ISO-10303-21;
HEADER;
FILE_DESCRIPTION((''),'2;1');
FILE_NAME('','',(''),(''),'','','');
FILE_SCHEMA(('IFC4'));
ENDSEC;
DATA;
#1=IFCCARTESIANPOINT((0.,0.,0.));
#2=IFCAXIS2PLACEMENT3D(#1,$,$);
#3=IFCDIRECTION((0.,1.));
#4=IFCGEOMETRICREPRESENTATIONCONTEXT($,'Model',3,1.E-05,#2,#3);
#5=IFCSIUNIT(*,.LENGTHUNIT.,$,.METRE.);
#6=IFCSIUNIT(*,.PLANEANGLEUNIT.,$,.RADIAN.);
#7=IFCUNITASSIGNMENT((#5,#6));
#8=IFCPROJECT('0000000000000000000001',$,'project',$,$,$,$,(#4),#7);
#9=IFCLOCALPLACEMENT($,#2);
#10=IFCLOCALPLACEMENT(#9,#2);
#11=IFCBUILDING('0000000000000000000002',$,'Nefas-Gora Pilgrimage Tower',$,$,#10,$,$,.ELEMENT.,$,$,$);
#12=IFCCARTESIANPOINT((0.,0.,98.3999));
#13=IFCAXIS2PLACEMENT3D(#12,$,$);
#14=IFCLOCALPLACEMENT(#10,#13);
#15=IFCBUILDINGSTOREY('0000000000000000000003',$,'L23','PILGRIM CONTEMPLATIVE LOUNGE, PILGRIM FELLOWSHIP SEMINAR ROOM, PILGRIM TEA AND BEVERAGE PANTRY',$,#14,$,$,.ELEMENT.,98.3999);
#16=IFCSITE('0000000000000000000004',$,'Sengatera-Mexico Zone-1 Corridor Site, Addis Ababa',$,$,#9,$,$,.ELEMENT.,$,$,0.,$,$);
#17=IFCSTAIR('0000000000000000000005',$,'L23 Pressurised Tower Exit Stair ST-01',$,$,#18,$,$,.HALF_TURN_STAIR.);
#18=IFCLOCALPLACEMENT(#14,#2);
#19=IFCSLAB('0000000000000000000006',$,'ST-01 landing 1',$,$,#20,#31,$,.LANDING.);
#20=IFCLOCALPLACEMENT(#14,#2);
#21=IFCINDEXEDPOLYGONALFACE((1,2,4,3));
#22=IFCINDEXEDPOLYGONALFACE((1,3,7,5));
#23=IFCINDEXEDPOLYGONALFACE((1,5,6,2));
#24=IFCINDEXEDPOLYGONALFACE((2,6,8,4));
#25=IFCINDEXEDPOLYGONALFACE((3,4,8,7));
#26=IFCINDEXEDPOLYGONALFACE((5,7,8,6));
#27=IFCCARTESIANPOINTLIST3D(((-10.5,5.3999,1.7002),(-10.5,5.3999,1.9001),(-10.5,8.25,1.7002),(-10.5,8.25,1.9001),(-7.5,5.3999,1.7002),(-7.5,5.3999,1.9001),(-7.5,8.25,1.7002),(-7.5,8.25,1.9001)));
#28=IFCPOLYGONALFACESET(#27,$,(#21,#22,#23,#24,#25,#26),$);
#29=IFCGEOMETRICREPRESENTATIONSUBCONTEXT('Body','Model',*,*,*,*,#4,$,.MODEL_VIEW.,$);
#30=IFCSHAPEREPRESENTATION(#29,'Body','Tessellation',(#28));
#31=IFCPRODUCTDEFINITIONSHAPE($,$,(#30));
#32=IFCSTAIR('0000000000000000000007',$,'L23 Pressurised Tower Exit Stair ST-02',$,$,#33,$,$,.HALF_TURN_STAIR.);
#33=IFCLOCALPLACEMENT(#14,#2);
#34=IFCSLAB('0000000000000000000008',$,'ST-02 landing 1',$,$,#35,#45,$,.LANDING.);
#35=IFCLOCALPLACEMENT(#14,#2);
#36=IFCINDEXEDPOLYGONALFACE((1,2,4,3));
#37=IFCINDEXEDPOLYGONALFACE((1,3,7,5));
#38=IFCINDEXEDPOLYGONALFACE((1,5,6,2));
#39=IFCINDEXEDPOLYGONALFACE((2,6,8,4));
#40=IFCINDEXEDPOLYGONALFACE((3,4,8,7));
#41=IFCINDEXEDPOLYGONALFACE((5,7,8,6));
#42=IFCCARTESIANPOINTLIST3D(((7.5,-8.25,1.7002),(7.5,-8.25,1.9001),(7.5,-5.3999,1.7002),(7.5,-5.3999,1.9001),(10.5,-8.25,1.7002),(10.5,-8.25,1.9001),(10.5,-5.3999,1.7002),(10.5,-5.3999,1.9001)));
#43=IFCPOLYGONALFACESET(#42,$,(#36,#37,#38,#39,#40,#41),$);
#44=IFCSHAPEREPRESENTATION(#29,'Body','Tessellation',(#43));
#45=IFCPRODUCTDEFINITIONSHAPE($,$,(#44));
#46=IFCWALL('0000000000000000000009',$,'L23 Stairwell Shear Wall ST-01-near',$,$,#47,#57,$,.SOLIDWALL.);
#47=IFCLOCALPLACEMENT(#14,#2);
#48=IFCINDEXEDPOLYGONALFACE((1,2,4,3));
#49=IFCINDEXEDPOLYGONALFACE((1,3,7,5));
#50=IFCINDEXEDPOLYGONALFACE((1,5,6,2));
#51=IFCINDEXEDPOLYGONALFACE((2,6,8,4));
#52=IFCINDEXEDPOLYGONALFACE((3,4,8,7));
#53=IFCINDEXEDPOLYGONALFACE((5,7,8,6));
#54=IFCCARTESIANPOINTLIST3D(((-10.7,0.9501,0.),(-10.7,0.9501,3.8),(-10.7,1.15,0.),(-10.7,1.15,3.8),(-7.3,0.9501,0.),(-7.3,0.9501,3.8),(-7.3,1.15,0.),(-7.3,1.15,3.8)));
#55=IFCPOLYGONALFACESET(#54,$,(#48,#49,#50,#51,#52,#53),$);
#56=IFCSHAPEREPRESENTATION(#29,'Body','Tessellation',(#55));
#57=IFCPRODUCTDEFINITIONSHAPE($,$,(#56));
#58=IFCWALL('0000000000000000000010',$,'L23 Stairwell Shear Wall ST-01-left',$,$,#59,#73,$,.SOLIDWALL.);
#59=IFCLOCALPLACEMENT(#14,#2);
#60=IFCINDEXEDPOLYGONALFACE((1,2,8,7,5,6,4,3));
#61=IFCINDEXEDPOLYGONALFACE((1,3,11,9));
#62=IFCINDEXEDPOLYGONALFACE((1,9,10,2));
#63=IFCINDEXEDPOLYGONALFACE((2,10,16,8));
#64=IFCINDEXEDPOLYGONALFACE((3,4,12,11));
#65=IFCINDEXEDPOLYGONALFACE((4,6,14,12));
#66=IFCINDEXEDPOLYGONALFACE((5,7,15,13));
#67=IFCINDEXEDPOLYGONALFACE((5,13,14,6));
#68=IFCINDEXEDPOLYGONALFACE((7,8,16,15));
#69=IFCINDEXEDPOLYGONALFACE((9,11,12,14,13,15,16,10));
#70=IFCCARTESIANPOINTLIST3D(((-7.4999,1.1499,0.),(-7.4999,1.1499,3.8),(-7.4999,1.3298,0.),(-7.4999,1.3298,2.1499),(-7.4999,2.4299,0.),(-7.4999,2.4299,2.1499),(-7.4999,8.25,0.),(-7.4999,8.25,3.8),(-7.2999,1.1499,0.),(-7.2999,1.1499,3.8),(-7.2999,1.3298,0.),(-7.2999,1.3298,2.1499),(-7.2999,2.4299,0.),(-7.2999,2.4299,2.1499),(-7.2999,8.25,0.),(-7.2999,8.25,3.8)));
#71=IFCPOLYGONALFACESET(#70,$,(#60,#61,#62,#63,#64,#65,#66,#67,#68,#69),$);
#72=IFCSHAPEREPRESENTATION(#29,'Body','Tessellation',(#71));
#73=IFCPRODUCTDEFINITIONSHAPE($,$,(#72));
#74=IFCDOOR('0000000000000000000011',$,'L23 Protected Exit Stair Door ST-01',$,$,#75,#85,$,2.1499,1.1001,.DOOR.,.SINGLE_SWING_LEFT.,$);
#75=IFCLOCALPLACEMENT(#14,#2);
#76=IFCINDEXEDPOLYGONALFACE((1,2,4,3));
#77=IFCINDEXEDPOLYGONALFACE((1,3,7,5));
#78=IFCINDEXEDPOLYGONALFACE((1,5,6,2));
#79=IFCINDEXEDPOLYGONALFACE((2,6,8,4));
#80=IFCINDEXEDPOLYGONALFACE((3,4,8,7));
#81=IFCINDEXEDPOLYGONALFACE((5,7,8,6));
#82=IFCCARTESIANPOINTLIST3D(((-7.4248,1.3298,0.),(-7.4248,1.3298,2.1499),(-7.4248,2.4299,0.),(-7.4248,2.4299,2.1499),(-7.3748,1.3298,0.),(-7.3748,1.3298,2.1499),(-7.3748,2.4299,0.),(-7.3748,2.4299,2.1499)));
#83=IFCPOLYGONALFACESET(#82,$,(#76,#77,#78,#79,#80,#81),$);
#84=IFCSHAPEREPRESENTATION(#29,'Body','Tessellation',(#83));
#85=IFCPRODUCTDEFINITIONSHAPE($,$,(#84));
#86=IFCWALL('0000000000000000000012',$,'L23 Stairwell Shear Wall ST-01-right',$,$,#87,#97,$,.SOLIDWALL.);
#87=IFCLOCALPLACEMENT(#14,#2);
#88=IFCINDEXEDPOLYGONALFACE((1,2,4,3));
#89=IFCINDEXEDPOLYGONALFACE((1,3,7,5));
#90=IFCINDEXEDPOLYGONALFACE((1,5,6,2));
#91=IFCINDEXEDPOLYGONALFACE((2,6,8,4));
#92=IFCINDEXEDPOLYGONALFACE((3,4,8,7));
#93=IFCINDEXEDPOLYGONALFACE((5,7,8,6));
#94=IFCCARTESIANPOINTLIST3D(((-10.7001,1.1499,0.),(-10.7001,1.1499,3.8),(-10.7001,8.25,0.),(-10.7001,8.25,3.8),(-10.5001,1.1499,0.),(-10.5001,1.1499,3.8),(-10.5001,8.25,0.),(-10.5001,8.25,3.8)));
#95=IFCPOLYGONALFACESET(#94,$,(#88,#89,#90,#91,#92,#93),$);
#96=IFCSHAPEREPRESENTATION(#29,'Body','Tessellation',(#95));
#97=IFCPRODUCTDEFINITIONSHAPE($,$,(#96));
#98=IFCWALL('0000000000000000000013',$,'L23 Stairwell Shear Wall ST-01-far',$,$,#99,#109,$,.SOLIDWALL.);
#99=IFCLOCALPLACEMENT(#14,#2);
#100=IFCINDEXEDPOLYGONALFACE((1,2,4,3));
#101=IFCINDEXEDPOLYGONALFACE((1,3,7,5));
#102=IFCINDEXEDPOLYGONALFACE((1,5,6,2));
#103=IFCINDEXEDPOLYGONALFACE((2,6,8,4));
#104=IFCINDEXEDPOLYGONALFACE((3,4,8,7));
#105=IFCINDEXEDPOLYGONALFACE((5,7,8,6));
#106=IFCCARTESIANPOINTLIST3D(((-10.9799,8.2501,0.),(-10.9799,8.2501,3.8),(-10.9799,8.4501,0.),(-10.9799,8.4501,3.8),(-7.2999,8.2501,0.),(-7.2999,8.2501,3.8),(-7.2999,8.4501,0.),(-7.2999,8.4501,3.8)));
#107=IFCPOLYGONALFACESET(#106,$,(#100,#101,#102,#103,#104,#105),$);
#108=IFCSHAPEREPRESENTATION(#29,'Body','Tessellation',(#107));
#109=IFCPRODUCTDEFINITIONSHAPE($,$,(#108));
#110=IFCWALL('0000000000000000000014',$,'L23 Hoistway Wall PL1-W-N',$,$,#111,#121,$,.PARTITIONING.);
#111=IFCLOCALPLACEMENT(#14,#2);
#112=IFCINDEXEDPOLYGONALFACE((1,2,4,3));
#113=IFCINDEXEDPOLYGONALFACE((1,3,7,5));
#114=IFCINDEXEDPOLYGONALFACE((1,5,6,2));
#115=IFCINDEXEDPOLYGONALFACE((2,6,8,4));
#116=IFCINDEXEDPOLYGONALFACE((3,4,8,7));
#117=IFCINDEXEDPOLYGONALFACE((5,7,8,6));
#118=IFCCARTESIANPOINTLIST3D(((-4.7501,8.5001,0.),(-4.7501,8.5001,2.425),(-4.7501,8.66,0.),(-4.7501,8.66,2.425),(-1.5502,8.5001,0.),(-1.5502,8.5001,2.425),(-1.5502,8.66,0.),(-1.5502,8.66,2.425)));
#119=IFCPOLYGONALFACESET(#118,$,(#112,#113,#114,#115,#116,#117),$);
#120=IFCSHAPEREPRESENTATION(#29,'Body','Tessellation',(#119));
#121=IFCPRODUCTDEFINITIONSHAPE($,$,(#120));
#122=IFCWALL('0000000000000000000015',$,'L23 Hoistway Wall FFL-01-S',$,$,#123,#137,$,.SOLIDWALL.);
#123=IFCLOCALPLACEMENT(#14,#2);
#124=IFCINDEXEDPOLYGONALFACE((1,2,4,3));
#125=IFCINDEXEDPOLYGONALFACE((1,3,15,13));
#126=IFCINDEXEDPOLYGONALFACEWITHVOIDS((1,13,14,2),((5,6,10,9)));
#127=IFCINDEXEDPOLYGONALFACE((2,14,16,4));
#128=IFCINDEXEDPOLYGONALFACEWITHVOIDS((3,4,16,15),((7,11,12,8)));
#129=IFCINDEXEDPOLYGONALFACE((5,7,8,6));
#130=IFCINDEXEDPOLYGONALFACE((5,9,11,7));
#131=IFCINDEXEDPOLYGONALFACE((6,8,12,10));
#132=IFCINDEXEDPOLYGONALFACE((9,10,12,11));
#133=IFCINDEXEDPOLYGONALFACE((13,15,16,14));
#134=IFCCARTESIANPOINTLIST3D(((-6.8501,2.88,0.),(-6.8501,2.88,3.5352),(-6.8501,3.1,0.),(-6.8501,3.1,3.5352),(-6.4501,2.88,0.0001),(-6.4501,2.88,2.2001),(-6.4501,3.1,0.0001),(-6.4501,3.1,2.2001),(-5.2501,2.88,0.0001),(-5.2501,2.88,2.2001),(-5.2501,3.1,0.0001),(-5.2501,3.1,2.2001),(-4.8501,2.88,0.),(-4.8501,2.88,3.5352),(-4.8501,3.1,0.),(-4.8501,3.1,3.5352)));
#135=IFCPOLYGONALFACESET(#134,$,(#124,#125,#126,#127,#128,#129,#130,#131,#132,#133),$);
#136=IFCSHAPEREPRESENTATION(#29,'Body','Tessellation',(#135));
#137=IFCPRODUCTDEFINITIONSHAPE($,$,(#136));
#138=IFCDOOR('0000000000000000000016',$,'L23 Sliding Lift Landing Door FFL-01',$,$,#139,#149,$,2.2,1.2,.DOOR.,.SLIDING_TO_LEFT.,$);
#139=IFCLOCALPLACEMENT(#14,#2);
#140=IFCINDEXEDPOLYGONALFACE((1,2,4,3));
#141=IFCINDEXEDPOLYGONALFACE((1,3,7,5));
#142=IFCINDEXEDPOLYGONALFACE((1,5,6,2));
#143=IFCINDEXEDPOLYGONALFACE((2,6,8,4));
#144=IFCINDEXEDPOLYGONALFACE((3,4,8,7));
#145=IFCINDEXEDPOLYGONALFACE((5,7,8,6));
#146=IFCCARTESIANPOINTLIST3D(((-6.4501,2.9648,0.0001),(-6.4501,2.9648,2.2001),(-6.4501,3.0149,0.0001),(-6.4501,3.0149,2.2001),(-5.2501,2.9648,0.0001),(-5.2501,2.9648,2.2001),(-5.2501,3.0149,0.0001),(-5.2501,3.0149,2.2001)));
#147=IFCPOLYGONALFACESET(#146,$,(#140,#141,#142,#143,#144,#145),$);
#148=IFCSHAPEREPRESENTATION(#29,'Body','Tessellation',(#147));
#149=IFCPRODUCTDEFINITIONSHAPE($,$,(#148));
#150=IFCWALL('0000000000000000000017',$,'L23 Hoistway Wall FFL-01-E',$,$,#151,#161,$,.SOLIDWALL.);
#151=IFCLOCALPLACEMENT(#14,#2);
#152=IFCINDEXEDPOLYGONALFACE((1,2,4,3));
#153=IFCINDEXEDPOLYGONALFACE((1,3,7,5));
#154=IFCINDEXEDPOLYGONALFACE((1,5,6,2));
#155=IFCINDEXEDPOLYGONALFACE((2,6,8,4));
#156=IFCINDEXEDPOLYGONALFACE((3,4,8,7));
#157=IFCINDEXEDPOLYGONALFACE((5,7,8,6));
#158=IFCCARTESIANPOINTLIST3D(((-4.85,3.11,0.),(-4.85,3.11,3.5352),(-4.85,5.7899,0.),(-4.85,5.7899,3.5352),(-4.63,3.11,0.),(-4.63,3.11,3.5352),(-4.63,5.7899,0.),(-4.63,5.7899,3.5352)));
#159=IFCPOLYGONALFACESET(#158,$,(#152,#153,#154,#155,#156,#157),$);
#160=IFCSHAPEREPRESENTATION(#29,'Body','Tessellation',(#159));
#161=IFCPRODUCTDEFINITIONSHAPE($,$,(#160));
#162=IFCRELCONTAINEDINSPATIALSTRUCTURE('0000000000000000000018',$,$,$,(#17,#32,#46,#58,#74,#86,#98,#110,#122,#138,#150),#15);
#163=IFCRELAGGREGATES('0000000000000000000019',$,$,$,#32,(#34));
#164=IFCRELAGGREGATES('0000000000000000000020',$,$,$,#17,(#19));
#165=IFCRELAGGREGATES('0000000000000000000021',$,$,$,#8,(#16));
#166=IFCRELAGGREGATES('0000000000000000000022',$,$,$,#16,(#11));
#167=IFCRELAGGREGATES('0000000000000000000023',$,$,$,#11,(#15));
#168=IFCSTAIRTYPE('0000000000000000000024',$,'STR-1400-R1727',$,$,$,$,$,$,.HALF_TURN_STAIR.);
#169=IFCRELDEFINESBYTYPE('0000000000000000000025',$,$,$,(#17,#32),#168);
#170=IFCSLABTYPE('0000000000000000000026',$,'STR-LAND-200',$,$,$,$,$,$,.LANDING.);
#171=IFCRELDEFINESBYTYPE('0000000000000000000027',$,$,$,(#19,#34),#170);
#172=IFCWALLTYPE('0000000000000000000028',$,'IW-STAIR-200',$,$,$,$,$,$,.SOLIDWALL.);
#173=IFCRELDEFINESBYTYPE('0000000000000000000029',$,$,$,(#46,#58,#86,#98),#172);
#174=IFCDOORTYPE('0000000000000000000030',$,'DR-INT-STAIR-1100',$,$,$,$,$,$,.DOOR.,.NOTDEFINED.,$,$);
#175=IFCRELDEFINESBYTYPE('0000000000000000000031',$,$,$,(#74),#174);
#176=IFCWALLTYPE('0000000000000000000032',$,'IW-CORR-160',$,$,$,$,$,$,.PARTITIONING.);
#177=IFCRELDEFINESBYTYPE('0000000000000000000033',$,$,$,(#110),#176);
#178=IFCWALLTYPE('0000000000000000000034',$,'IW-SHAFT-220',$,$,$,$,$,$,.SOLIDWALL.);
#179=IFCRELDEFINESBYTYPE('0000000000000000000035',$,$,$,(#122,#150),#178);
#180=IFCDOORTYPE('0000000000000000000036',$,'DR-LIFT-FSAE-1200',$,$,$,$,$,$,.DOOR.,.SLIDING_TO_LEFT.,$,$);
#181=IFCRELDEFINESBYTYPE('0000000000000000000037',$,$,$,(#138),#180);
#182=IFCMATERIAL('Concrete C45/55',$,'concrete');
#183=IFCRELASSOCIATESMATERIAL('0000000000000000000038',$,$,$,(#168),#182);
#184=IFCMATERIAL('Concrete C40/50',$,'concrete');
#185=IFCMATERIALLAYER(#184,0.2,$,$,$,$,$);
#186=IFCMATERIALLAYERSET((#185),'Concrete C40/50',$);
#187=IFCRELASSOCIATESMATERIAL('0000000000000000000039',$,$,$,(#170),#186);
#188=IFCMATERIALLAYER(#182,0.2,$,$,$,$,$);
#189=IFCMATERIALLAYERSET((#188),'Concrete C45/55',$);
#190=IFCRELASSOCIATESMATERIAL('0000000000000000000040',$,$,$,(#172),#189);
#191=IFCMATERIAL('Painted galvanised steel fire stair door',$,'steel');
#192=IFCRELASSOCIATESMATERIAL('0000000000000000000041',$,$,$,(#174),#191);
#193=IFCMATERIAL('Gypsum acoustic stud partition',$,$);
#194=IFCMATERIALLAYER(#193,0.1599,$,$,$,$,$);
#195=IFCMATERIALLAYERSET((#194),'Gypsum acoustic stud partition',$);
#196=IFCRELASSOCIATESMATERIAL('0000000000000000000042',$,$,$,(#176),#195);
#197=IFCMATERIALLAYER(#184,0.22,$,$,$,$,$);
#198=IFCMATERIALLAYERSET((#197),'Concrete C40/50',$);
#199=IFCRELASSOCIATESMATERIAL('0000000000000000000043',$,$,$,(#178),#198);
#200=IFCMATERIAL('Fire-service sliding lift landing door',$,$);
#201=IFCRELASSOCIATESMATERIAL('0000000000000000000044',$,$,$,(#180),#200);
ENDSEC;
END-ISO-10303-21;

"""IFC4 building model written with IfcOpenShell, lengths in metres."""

from ifc_helpers import new_model, si_unit, direction, frame, frame_2d, origin, place, context, subcontext, project, spatial, polyline, rectangle, outline, extrude, source, transform, mapped, material, layer, layer_set, type_object, element, fill, aggregate, save


model = new_model("IFC4")

# Units and contexts
model_context = context("Model", 3, precision=1e-05, world=origin(), true_north=direction((0.0, 1.0)))
body_context = subcontext(model_context, "Body", "Model", "MODEL_VIEW")
ifc_project = project(units=[si_unit("LENGTHUNIT", "METRE"), si_unit("PLANEANGLEUNIT", "RADIAN")], contexts=[model_context])

# Site, building, storey
site_placement = place(None, origin())
site = spatial("IfcSite", under=ifc_project, at=site_placement, Name="Sengatera-Mexico Zone-1 Corridor Site, Addis Ababa", CompositionType="ELEMENT", RefElevation=0.0)
building_placement = place(site_placement, origin())
building = spatial("IfcBuilding", under=site, at=building_placement, Name="Nefas-Gora Pilgrimage Tower", CompositionType="ELEMENT")
storey_placement = place(building_placement, frame((0.0, 0.0, 98.3999)))
storey = spatial("IfcBuildingStorey", under=building, at=storey_placement, Name="L23", Description="PILGRIM CONTEMPLATIVE LOUNGE, PILGRIM FELLOWSHIP SEMINAR ROOM, PILGRIM TEA AND BEVERAGE PANTRY", CompositionType="ELEMENT", Elevation=98.3999)

# Shared definitions
ifc_material_1 = material(Name="Concrete C40/50", Category="concrete")

# Stairs, slabs
ifc_material_2 = material(Name="Concrete C45/55", Category="concrete")
stair_type = type_object("IfcStairType", Name="STR-1400-R1727", PredefinedType="HALF_TURN_STAIR", material=ifc_material_2)
stair_1_placement = place(storey_placement, origin())
stair_1 = element("IfcStair", 1, at=stair_1_placement, inside=storey, type_object=stair_type, Name="L23 Pressurised Tower Exit Stair ST-01", PredefinedType="HALF_TURN_STAIR")
ifc_layer_1 = layer(ifc_material_1, 0.2)
ifc_layer_set_1 = layer_set([ifc_layer_1], Name="Concrete C40/50")
slab_type_1 = type_object("IfcSlabType", Name="STR-LAND-200", PredefinedType="LANDING", material=ifc_layer_set_1)
slab_1_placement = place(storey_placement, frame((0.0, 0.0, 1.7002)))
slab_1 = element("IfcSlab", 2, at=slab_1_placement, type_object=slab_type_1, Name="ST-01 landing 1", PredefinedType="LANDING", context=body_context, shape_type="SweptSolid", body=[
    extrude(outline(polyline([(-7.5, 5.3999), (-7.5, 8.25), (-10.5, 8.25), (-10.5, 5.3999), (-7.5, 5.3999)])), origin(), (0.0, 0.0, 1.0), 0.2),
])
stair_2_placement = place(storey_placement, origin())
stair_2 = element("IfcStair", 3, at=stair_2_placement, inside=storey, type_object=stair_type, Name="L23 Pressurised Tower Exit Stair ST-02", PredefinedType="HALF_TURN_STAIR")
slab_2_placement = place(storey_placement, frame((0.0, 0.0, 1.7002)))
slab_2 = element("IfcSlab", 4, at=slab_2_placement, type_object=slab_type_1, Name="ST-02 landing 1", PredefinedType="LANDING", context=body_context, shape_type="SweptSolid", body=[
    extrude(outline(polyline([(7.5, -5.3999), (7.5, -8.25), (10.5, -8.25), (10.5, -5.3999), (7.5, -5.3999)])), origin(), (0.0, 0.0, 1.0), 0.2),
])
aggregate(stair_2, [slab_2])

# Wall
ifc_layer_2 = layer(ifc_material_2, 0.2)
ifc_layer_set_2 = layer_set([ifc_layer_2], Name="Concrete C45/55")
wall_type_1 = type_object("IfcWallType", Name="IW-STAIR-200", PredefinedType="SOLIDWALL", material=ifc_layer_set_2)
shared_shape_1 = source(origin(), body_context, "Body", "SweptSolid", [
    extrude(rectangle(XDim=3.3999, YDim=0.2, at=frame_2d((1.7, 0.0))), origin(), (0.0, 0.0, 1.0), 3.8),
])
wall_1_placement = place(storey_placement, frame((-7.3, 1.05, 0.0), z_axis=(0.0, 0.0, 1.0), x_axis=(-1.0, 0.0, 0.0)))
element("IfcWall", 5, at=wall_1_placement, inside=storey, type_object=wall_type_1, Name="L23 Stairwell Shear Wall ST-01-near", PredefinedType="SOLIDWALL", context=body_context, shape_type="MappedRepresentation", body=[
    mapped(shared_shape_1, transform((0.0, 0.0, 0.0), x_axis=(1.0, 0.0, 0.0), y_axis=(0.0, 1.0, 0.0), z_axis=(0.0, 0.0, 1.0), scale=1.0)),
])

# Wall, opening, door
shared_shape_2 = source(origin(), body_context, "Body", "SweptSolid", [
    extrude(rectangle(XDim=7.1001, YDim=0.2, at=frame_2d((3.55, 0.0))), origin(), (0.0, 0.0, 1.0), 3.8),
])
wall_2_placement = place(storey_placement, frame((-7.3999, 1.1499, 0.0), z_axis=(0.0, 0.0, 1.0), x_axis=(0.0, 1.0, 0.0)))
wall_2 = element("IfcWall", 6, at=wall_2_placement, inside=storey, type_object=wall_type_1, Name="L23 Stairwell Shear Wall ST-01-left", PredefinedType="SOLIDWALL", context=body_context, shape_type="MappedRepresentation", body=[
    mapped(shared_shape_2, transform((0.0, 0.0, 0.0), x_axis=(1.0, 0.0, 0.0), y_axis=(0.0, 1.0, 0.0), z_axis=(0.0, 0.0, 1.0), scale=1.0)),
])
opening_1_placement = place(wall_2_placement, frame((0.1799, 0.0, 0.0)))
opening_1 = element("IfcOpeningElement", 7, at=opening_1_placement, cuts=wall_2, PredefinedType="OPENING", context=body_context, shape_type="SweptSolid", body=[
    extrude(rectangle(XDim=1.1001, YDim=2.1499, at=frame_2d((0.55, 1.075))), frame((0.0, 0.1099, 0.0), z_axis=(0.0, -1.0, 0.0), x_axis=(1.0, 0.0, 0.0)), (0.0, 0.0, 1.0), 0.22),
])
ifc_material_3 = material(Name="Painted galvanised steel fire stair door", Category="steel")
door_type_1 = type_object("IfcDoorType", Name="DR-INT-STAIR-1100", OperationType="NOTDEFINED", PredefinedType="DOOR", material=ifc_material_3)
shared_shape_3 = source(origin(), body_context, "Body", "SweptSolid", [
    extrude(rectangle(XDim=1.1001, YDim=2.1499, at=frame_2d((0.55, 1.075))), frame((0.0, 0.0249, 0.0), z_axis=(0.0, -1.0, 0.0), x_axis=(1.0, 0.0, 0.0)), (0.0, 0.0, 1.0), 0.05),
])
door_1_placement = place(opening_1_placement, origin())
door_1 = element("IfcDoor", 8, at=door_1_placement, inside=storey, type_object=door_type_1, Name="L23 Protected Exit Stair Door ST-01", OperationType="SINGLE_SWING_LEFT", OverallHeight=2.1499, OverallWidth=1.1001, PredefinedType="DOOR", context=body_context, shape_type="MappedRepresentation", body=[
    mapped(shared_shape_3, transform((0.0, 0.0, 0.0), x_axis=(1.0, 0.0, 0.0), y_axis=(0.0, 1.0, 0.0), z_axis=(0.0, 0.0, 1.0), scale=1.0)),
])
fill(opening_1, door_1)

# Walls
wall_3_placement = place(storey_placement, frame((-10.6001, 1.1499, 0.0), z_axis=(0.0, 0.0, 1.0), x_axis=(0.0, 1.0, 0.0)))
element("IfcWall", 9, at=wall_3_placement, inside=storey, type_object=wall_type_1, Name="L23 Stairwell Shear Wall ST-01-right", PredefinedType="SOLIDWALL", context=body_context, shape_type="MappedRepresentation", body=[
    mapped(shared_shape_2, transform((0.0, 0.0, 0.0), x_axis=(1.0, 0.0, 0.0), y_axis=(0.0, 1.0, 0.0), z_axis=(0.0, 0.0, 1.0), scale=1.0)),
])
shared_shape_4 = source(origin(), body_context, "Body", "SweptSolid", [
    extrude(rectangle(XDim=3.6799, YDim=0.2, at=frame_2d((1.8398, 0.0))), origin(), (0.0, 0.0, 1.0), 3.8),
])
wall_4_placement = place(storey_placement, frame((-7.3, 8.3501, 0.0), z_axis=(0.0, 0.0, 1.0), x_axis=(-1.0, 0.0, 0.0)))
element("IfcWall", 10, at=wall_4_placement, inside=storey, type_object=wall_type_1, Name="L23 Stairwell Shear Wall ST-01-far", PredefinedType="SOLIDWALL", context=body_context, shape_type="MappedRepresentation", body=[
    mapped(shared_shape_4, transform((0.0, 0.0, 0.0), x_axis=(1.0, 0.0, 0.0), y_axis=(0.0, 1.0, 0.0), z_axis=(0.0, 0.0, 1.0), scale=1.0)),
])
ifc_material_4 = material(Name="Gypsum acoustic stud partition")
ifc_layer_3 = layer(ifc_material_4, 0.1599)
ifc_layer_set_3 = layer_set([ifc_layer_3], Name="Gypsum acoustic stud partition")
wall_type_2 = type_object("IfcWallType", Name="IW-CORR-160", PredefinedType="PARTITIONING", material=ifc_layer_set_3)
shared_shape_5 = source(origin(), body_context, "Body", "SweptSolid", [
    extrude(rectangle(XDim=3.2, YDim=0.1599, at=frame_2d((1.6001, 0.0))), origin(), (0.0, 0.0, 1.0), 2.425),
])
wall_5_placement = place(storey_placement, frame((-1.55, 8.5801, 0.0), z_axis=(0.0, 0.0, 1.0), x_axis=(-1.0, 0.0, 0.0)))
element("IfcWall", 11, at=wall_5_placement, inside=storey, type_object=wall_type_2, Name="L23 Hoistway Wall PL1-W-N", PredefinedType="PARTITIONING", context=body_context, shape_type="MappedRepresentation", body=[
    mapped(shared_shape_5, transform((0.0, 0.0, 0.0), x_axis=(1.0, 0.0, 0.0), y_axis=(0.0, 1.0, 0.0), z_axis=(0.0, 0.0, 1.0), scale=1.0)),
])

# Wall, opening, door
ifc_layer_4 = layer(ifc_material_1, 0.22)
ifc_layer_set_4 = layer_set([ifc_layer_4], Name="Concrete C40/50")
wall_type_3 = type_object("IfcWallType", Name="IW-SHAFT-220", PredefinedType="SOLIDWALL", material=ifc_layer_set_4)
shared_shape_6 = source(origin(), body_context, "Body", "SweptSolid", [
    extrude(rectangle(XDim=2.0, YDim=0.22, at=frame_2d((1.0, 0.0))), origin(), (0.0, 0.0, 1.0), 3.5352),
])
wall_6_placement = place(storey_placement, frame((-6.8501, 2.99, 0.0), z_axis=(0.0, 0.0, 1.0), x_axis=(1.0, 0.0, 0.0)))
wall_6 = element("IfcWall", 12, at=wall_6_placement, inside=storey, type_object=wall_type_3, Name="L23 Hoistway Wall FFL-01-S", PredefinedType="SOLIDWALL", context=body_context, shape_type="MappedRepresentation", body=[
    mapped(shared_shape_6, transform((0.0, 0.0, 0.0), x_axis=(1.0, 0.0, 0.0), y_axis=(0.0, 1.0, 0.0), z_axis=(0.0, 0.0, 1.0), scale=1.0)),
])
opening_2_placement = place(wall_6_placement, frame((0.3999, 0.0, 0.0)))
opening_2 = element("IfcOpeningElement", 13, at=opening_2_placement, cuts=wall_6, PredefinedType="OPENING", context=body_context, shape_type="SweptSolid", body=[
    extrude(rectangle(XDim=1.2, YDim=2.2, at=frame_2d((0.6001, 1.1001))), frame((0.0, 0.1199, 0.0), z_axis=(0.0, -1.0, 0.0), x_axis=(1.0, 0.0, 0.0)), (0.0, 0.0, 1.0), 0.24),
])
ifc_material_5 = material(Name="Fire-service sliding lift landing door")
door_type_2 = type_object("IfcDoorType", Name="DR-LIFT-FSAE-1200", OperationType="SLIDING_TO_LEFT", PredefinedType="DOOR", material=ifc_material_5)
shared_shape_7 = source(origin(), body_context, "Body", "SweptSolid", [
    extrude(rectangle(XDim=1.2, YDim=2.2, at=frame_2d((0.6001, 1.1001))), frame((0.0, 0.0249, 0.0), z_axis=(0.0, -1.0, 0.0), x_axis=(1.0, 0.0, 0.0)), (0.0, 0.0, 1.0), 0.05),
])
door_2_placement = place(opening_2_placement, origin())
door_2 = element("IfcDoor", 14, at=door_2_placement, inside=storey, type_object=door_type_2, Name="L23 Sliding Lift Landing Door FFL-01", OperationType="SLIDING_TO_LEFT", OverallHeight=2.2, OverallWidth=1.2, PredefinedType="DOOR", context=body_context, shape_type="MappedRepresentation", body=[
    mapped(shared_shape_7, transform((0.0, 0.0, 0.0), x_axis=(1.0, 0.0, 0.0), y_axis=(0.0, 1.0, 0.0), z_axis=(0.0, 0.0, 1.0), scale=1.0)),
])
fill(opening_2, door_2)

# Wall
shared_shape_8 = source(origin(), body_context, "Body", "SweptSolid", [
    extrude(rectangle(XDim=2.6799, YDim=0.22, at=frame_2d((1.3398, 0.0))), origin(), (0.0, 0.0, 1.0), 3.5352),
])
wall_7_placement = place(storey_placement, frame((-4.74, 3.1101, 0.0), z_axis=(0.0, 0.0, 1.0), x_axis=(0.0, 1.0, 0.0)))
element("IfcWall", 15, at=wall_7_placement, inside=storey, type_object=wall_type_3, Name="L23 Hoistway Wall FFL-01-E", PredefinedType="SOLIDWALL", context=body_context, shape_type="MappedRepresentation", body=[
    mapped(shared_shape_8, transform((0.0, 0.0, 0.0), x_axis=(1.0, 0.0, 0.0), y_axis=(0.0, 1.0, 0.0), z_axis=(0.0, 0.0, 1.0), scale=1.0)),
])

aggregate(stair_1, [slab_1])

save(model, "model.ifc")
